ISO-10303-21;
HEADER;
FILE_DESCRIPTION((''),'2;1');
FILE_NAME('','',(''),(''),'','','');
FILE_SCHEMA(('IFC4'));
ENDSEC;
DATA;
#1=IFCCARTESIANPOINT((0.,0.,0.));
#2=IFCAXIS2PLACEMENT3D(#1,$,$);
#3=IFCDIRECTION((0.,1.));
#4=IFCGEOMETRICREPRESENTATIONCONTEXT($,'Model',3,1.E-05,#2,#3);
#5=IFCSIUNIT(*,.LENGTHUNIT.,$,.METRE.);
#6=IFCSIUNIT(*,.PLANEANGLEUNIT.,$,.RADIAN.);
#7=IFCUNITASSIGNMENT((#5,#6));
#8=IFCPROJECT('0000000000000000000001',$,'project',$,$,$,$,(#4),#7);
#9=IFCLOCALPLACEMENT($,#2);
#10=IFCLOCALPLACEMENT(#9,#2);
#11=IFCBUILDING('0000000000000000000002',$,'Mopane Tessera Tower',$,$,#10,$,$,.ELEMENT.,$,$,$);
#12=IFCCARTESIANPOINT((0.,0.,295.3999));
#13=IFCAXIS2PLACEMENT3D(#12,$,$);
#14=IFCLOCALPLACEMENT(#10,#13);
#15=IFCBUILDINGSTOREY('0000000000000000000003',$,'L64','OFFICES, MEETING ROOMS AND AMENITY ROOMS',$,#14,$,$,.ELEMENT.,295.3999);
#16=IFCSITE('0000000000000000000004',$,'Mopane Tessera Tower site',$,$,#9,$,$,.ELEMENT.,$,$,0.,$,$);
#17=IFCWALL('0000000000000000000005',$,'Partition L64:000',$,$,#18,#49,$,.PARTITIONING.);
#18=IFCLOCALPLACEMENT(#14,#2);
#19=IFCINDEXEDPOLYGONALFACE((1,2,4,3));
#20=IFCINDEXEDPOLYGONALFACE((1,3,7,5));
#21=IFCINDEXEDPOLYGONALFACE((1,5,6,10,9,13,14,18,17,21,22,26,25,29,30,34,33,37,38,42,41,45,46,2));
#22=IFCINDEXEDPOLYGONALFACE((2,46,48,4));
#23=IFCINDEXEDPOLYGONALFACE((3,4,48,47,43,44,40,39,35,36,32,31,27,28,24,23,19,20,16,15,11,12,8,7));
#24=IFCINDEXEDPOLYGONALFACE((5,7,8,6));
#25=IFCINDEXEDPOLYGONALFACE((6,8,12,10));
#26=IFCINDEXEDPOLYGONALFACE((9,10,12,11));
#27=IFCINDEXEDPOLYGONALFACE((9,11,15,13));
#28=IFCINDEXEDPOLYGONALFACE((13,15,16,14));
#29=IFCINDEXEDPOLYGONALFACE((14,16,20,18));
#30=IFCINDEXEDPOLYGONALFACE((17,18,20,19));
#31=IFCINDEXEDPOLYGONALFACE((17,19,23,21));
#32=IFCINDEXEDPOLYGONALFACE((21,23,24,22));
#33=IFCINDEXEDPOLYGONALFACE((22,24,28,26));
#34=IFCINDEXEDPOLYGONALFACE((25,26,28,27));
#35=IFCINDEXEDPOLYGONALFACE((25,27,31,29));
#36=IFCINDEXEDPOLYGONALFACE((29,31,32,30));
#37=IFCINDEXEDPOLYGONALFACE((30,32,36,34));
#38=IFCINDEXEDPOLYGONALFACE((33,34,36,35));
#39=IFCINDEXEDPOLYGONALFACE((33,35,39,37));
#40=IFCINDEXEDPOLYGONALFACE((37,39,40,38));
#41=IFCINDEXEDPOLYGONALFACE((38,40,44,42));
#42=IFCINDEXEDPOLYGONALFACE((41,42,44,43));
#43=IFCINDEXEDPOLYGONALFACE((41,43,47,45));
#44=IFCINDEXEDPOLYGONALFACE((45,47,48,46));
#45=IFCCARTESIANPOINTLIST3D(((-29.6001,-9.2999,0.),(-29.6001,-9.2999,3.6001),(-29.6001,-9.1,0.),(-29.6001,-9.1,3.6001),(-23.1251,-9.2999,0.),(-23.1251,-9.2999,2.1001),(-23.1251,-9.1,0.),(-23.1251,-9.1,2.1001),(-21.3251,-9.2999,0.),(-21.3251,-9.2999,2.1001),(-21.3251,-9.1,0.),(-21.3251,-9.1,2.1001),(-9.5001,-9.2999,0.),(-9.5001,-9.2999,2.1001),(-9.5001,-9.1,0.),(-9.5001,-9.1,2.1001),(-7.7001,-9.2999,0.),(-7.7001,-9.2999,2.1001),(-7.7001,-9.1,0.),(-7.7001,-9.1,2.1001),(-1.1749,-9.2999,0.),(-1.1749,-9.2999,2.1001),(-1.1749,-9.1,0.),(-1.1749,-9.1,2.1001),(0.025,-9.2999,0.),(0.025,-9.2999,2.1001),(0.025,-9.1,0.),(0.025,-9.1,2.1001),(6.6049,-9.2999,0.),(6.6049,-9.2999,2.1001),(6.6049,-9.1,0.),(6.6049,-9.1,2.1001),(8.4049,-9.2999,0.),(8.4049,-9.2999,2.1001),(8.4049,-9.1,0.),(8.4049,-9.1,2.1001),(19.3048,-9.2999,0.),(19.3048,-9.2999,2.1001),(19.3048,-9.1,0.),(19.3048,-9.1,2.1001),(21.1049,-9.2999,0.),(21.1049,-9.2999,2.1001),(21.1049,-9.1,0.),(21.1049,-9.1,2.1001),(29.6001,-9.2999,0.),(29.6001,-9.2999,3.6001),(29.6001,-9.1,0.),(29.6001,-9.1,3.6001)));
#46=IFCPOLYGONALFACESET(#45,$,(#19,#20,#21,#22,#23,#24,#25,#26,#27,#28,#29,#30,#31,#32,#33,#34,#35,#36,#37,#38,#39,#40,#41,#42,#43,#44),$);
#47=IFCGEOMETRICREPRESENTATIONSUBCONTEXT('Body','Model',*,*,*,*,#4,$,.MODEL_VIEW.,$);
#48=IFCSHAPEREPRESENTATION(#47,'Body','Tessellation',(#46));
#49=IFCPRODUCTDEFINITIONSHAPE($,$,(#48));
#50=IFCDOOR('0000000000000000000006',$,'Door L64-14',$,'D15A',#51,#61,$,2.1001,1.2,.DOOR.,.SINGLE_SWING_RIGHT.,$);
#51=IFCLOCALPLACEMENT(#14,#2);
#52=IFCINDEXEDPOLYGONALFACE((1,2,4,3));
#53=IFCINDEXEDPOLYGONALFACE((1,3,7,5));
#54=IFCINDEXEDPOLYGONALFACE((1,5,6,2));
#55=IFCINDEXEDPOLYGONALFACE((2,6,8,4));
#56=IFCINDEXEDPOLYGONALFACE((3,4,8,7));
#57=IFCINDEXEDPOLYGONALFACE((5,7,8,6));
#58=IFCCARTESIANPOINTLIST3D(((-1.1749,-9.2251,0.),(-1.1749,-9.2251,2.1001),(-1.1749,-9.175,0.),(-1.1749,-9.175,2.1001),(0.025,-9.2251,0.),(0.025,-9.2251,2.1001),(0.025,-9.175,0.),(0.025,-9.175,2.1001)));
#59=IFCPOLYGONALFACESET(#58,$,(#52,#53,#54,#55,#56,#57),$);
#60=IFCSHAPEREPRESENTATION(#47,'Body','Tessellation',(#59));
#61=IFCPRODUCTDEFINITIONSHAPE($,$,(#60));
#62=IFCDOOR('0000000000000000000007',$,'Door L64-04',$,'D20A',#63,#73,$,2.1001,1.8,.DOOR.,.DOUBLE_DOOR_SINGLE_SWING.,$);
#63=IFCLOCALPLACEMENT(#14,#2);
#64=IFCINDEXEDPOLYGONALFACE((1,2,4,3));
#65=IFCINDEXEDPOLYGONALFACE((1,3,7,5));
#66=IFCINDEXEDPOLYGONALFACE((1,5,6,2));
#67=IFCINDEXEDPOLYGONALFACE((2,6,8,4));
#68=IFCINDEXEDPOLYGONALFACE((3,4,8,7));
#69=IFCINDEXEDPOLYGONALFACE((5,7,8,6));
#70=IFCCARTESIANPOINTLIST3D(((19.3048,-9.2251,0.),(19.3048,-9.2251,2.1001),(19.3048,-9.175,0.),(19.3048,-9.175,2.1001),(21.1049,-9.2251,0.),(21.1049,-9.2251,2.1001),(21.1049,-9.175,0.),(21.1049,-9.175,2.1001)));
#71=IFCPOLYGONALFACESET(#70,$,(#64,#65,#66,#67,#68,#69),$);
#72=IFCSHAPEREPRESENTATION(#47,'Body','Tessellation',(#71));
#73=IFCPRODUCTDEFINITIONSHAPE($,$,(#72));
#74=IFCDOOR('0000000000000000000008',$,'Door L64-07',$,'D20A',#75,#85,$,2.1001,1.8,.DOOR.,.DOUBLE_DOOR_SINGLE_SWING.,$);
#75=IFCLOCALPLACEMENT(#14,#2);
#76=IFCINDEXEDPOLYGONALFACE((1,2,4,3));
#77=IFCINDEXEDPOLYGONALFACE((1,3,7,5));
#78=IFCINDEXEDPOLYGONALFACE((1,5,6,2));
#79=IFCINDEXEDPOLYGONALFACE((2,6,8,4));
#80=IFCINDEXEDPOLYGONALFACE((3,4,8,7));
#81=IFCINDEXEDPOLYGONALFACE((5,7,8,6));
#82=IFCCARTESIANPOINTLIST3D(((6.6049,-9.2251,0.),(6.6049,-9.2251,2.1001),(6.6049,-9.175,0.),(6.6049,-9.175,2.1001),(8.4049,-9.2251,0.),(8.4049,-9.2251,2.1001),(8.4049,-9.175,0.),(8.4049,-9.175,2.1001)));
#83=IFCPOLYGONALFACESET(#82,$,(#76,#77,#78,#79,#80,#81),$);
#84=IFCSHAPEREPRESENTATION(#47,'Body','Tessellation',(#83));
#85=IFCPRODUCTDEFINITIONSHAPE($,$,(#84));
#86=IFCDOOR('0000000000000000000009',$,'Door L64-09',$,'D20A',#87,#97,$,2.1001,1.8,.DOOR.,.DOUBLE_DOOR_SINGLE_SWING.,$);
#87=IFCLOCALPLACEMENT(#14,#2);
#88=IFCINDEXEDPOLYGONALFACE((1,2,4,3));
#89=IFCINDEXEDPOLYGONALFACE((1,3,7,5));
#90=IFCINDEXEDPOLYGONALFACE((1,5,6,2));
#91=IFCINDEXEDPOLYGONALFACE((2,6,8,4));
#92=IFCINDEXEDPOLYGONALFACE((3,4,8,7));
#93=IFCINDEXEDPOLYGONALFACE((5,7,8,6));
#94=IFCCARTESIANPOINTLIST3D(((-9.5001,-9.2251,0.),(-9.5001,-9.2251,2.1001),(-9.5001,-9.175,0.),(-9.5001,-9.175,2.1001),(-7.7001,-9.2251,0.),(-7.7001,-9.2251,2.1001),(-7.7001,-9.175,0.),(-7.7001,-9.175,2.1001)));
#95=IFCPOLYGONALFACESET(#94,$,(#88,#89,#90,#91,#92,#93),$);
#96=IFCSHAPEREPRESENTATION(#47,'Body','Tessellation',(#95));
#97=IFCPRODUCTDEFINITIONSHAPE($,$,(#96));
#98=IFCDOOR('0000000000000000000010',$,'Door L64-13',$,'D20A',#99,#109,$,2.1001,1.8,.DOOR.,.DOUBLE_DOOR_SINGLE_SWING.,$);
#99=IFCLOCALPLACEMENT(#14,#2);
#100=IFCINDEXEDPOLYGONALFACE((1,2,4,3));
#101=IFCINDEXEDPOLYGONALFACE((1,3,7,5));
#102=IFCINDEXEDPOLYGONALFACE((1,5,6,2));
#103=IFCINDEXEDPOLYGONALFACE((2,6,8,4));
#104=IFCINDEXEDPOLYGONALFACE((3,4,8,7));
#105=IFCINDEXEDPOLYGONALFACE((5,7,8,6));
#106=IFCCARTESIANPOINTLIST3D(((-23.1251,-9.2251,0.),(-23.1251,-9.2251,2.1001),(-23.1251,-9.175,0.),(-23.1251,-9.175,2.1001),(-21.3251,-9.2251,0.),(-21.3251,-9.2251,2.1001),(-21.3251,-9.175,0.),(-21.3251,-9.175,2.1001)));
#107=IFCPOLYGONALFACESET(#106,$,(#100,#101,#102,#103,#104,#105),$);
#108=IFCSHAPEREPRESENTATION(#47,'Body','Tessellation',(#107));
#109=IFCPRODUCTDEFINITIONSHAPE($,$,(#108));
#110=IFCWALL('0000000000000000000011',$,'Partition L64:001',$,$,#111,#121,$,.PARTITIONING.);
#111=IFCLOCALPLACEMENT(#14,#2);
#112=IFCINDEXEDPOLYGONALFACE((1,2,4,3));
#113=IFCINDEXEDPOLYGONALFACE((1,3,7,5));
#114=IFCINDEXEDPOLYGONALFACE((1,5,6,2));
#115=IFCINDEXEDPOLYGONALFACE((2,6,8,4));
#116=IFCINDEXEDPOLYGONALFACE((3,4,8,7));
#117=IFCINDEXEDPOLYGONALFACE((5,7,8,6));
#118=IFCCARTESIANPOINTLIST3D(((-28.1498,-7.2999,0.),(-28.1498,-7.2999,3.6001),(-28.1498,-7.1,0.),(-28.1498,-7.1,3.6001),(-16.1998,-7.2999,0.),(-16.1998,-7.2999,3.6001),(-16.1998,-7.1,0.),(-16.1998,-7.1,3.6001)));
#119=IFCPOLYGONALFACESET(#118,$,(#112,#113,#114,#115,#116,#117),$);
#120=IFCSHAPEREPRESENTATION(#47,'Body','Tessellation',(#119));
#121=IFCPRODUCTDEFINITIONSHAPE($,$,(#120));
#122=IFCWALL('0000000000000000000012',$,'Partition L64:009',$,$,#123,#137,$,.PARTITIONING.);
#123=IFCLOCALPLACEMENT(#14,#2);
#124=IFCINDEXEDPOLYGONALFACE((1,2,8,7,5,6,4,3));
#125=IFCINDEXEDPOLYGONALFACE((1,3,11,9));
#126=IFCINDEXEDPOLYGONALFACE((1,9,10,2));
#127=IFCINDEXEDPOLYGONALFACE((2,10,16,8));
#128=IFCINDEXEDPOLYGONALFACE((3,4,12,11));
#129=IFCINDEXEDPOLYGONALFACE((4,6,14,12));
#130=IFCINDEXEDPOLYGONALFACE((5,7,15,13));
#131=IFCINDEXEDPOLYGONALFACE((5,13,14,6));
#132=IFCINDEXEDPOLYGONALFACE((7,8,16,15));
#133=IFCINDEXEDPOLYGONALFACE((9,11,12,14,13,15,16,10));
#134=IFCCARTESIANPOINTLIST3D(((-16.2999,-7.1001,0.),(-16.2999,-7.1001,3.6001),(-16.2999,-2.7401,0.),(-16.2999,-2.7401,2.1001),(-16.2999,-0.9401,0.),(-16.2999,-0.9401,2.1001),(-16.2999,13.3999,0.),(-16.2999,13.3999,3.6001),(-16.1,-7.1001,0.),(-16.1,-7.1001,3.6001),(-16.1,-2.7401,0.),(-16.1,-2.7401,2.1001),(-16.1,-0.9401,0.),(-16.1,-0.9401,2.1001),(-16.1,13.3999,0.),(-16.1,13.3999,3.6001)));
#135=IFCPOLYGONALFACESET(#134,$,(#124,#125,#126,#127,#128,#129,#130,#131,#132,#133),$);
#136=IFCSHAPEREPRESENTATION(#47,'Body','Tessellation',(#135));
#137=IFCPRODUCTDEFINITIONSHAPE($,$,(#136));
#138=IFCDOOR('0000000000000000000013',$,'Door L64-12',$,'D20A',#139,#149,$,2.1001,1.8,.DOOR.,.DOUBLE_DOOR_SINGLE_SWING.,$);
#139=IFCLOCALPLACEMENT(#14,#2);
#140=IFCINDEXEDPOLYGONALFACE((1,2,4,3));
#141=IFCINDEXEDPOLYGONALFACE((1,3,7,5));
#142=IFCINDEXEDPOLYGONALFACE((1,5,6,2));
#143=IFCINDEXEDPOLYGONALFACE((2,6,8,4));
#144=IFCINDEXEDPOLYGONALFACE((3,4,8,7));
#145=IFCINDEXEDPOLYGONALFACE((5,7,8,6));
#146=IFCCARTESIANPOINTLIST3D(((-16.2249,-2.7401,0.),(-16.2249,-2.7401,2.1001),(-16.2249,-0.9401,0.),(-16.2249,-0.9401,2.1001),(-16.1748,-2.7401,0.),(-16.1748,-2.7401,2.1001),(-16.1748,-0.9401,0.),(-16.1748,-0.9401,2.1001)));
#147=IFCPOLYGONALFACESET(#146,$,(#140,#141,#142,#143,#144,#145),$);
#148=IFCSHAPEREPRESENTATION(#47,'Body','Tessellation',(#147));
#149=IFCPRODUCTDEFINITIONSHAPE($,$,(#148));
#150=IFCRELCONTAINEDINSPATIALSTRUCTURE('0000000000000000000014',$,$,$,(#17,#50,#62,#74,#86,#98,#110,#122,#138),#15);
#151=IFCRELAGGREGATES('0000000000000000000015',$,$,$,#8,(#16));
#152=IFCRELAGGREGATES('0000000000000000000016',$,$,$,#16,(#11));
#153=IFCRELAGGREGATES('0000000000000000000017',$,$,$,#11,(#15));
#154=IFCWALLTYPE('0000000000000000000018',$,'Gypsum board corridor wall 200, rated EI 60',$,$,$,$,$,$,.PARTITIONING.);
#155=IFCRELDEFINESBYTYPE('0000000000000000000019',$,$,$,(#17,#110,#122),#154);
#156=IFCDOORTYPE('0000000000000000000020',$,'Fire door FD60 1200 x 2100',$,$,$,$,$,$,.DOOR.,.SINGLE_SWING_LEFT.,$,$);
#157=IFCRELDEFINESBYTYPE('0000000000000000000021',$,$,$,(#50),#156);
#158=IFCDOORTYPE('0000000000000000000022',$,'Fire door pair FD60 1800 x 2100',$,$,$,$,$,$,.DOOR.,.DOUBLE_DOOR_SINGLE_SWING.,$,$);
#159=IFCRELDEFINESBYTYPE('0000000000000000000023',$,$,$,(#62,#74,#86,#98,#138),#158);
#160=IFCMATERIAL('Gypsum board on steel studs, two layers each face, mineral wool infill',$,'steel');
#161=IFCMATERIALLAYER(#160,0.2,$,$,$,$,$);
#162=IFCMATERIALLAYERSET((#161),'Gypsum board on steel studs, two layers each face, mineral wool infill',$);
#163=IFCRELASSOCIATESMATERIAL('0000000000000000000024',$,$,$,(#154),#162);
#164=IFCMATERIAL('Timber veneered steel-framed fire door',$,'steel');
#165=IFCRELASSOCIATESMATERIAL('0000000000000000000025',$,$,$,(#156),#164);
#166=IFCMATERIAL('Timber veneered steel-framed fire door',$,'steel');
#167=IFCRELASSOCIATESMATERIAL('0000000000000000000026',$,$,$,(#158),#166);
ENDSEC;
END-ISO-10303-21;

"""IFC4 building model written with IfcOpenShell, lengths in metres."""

from ifc_helpers import new_model, si_unit, direction, frame, frame_2d, origin, place, context, subcontext, project, spatial, rectangle, extrude, material, layer, layer_set, type_object, element, fill, save


model = new_model("IFC4")

# Units and contexts
model_context = context("Model", 3, precision=1e-05, world=origin(), true_north=direction((0.0, 1.0)))
body_context = subcontext(model_context, "Body", "Model", "MODEL_VIEW")
ifc_project = project(units=[si_unit("LENGTHUNIT", "METRE"), si_unit("PLANEANGLEUNIT", "RADIAN")], contexts=[model_context])

# Site, building, storey
site_placement = place(None, origin())
site = spatial("IfcSite", under=ifc_project, at=site_placement, Name="Mopane Tessera Tower site", CompositionType="ELEMENT", RefElevation=0.0)
building_placement = place(site_placement, origin())
building = spatial("IfcBuilding", under=site, at=building_placement, Name="Mopane Tessera Tower", CompositionType="ELEMENT")
storey_placement = place(building_placement, frame((0.0, 0.0, 295.3999)))
storey = spatial("IfcBuildingStorey", under=building, at=storey_placement, Name="L64", Description="OFFICES, MEETING ROOMS AND AMENITY ROOMS", CompositionType="ELEMENT", Elevation=295.3999)

# Wall, openings, doors
ifc_material_1 = material(Name="Gypsum board on steel studs, two layers each face, mineral wool infill", Category="steel")
ifc_layer_1 = layer(ifc_material_1, 0.2)
ifc_layer_set_1 = layer_set([ifc_layer_1], Name="Gypsum board on steel studs, two layers each face, mineral wool infill")
wall_type = type_object("IfcWallType", Name="Gypsum board corridor wall 200, rated EI 60", PredefinedType="PARTITIONING", material=ifc_layer_set_1)
wall_1_placement = place(storey_placement, frame((-29.6001, -9.2, 0.0), z_axis=(0.0, 0.0, 1.0), x_axis=(1.0, 0.0, 0.0)))
wall_1 = element("IfcWall", 1, at=wall_1_placement, inside=storey, type_object=wall_type, Name="Partition L64:000", PredefinedType="PARTITIONING", context=body_context, shape_type="SweptSolid", body=[
    extrude(rectangle(XDim=59.2002, YDim=0.2, at=frame_2d((29.6001, 0.0))), origin(), (0.0, 0.0, 1.0), 3.6001),
])
opening_1_placement = place(wall_1_placement, frame((48.905, 0.0, 0.0)))
opening_1 = element("IfcOpeningElement", 2, at=opening_1_placement, cuts=wall_1, PredefinedType="OPENING", context=body_context, shape_type="SweptSolid", body=[
    extrude(rectangle(XDim=1.8, YDim=2.1001, at=frame_2d((0.8999, 1.05))), frame((0.0, 0.1121, 0.0), z_axis=(0.0, -1.0, 0.0), x_axis=(1.0, 0.0, 0.0)), (0.0, 0.0, 1.0), 0.2239),
])
opening_2_placement = place(wall_1_placement, frame((36.2051, 0.0, 0.0)))
opening_2 = element("IfcOpeningElement", 3, at=opening_2_placement, cuts=wall_1, PredefinedType="OPENING", context=body_context, shape_type="SweptSolid", body=[
    extrude(rectangle(XDim=1.8, YDim=2.1001, at=frame_2d((0.8999, 1.05))), frame((0.0, 0.1121, 0.0), z_axis=(0.0, -1.0, 0.0), x_axis=(1.0, 0.0, 0.0)), (0.0, 0.0, 1.0), 0.2239),
])
opening_3_placement = place(wall_1_placement, frame((20.1001, 0.0, 0.0)))
opening_3 = element("IfcOpeningElement", 4, at=opening_3_placement, cuts=wall_1, PredefinedType="OPENING", context=body_context, shape_type="SweptSolid", body=[
    extrude(rectangle(XDim=1.8, YDim=2.1001, at=frame_2d((0.8999, 1.05))), frame((0.0, 0.1121, 0.0), z_axis=(0.0, -1.0, 0.0), x_axis=(1.0, 0.0, 0.0)), (0.0, 0.0, 1.0), 0.2239),
])
opening_4_placement = place(wall_1_placement, frame((6.4751, 0.0, 0.0)))
opening_4 = element("IfcOpeningElement", 5, at=opening_4_placement, cuts=wall_1, PredefinedType="OPENING", context=body_context, shape_type="SweptSolid", body=[
    extrude(rectangle(XDim=1.8, YDim=2.1001, at=frame_2d((0.8999, 1.05))), frame((0.0, 0.1121, 0.0), z_axis=(0.0, -1.0, 0.0), x_axis=(1.0, 0.0, 0.0)), (0.0, 0.0, 1.0), 0.2239),
])
opening_5_placement = place(wall_1_placement, frame((28.425, 0.0, 0.0)))
opening_5 = element("IfcOpeningElement", 6, at=opening_5_placement, cuts=wall_1, PredefinedType="OPENING", context=body_context, shape_type="SweptSolid", body=[
    extrude(rectangle(XDim=1.2, YDim=2.1001, at=frame_2d((0.6001, 1.05))), frame((0.0, 0.1121, 0.0), z_axis=(0.0, -1.0, 0.0), x_axis=(1.0, 0.0, 0.0)), (0.0, 0.0, 1.0), 0.2239),
])
ifc_material_2 = material(Name="Timber veneered steel-framed fire door", Category="steel")
door_type_1 = type_object("IfcDoorType", Name="Fire door FD60 1200 x 2100", OperationType="SINGLE_SWING_LEFT", PredefinedType="DOOR", material=ifc_material_2)
door_1_placement = place(opening_5_placement, origin())
door_1 = element("IfcDoor", 7, at=door_1_placement, inside=storey, type_object=door_type_1, Name="Door L64-14", ObjectType="D15A", OperationType="SINGLE_SWING_RIGHT", OverallHeight=2.1001, OverallWidth=1.2, PredefinedType="DOOR", context=body_context, shape_type="SweptSolid", body=[
    extrude(rectangle(XDim=1.2, YDim=2.1001, at=frame_2d((0.6001, 1.05))), frame((0.0, 0.0249, 0.0), z_axis=(0.0, -1.0, 0.0), x_axis=(1.0, 0.0, 0.0)), (0.0, 0.0, 1.0), 0.05),
])
fill(opening_5, door_1)
ifc_material_3 = material(Name="Timber veneered steel-framed fire door", Category="steel")
door_type_2 = type_object("IfcDoorType", Name="Fire door pair FD60 1800 x 2100", OperationType="DOUBLE_DOOR_SINGLE_SWING", PredefinedType="DOOR", material=ifc_material_3)
door_2_placement = place(opening_1_placement, origin())
door_2 = element("IfcDoor", 8, at=door_2_placement, inside=storey, type_object=door_type_2, Name="Door L64-04", ObjectType="D20A", OperationType="DOUBLE_DOOR_SINGLE_SWING", OverallHeight=2.1001, OverallWidth=1.8, PredefinedType="DOOR", context=body_context, shape_type="SweptSolid", body=[
    extrude(rectangle(XDim=1.8, YDim=2.1001, at=frame_2d((0.8999, 1.05))), frame((0.0, 0.0249, 0.0), z_axis=(0.0, -1.0, 0.0), x_axis=(1.0, 0.0, 0.0)), (0.0, 0.0, 1.0), 0.05),
])
fill(opening_1, door_2)
door_3_placement = place(opening_2_placement, origin())
door_3 = element("IfcDoor", 9, at=door_3_placement, inside=storey, type_object=door_type_2, Name="Door L64-07", ObjectType="D20A", OperationType="DOUBLE_DOOR_SINGLE_SWING", OverallHeight=2.1001, OverallWidth=1.8, PredefinedType="DOOR", context=body_context, shape_type="SweptSolid", body=[
    extrude(rectangle(XDim=1.8, YDim=2.1001, at=frame_2d((0.8999, 1.05))), frame((0.0, 0.0249, 0.0), z_axis=(0.0, -1.0, 0.0), x_axis=(1.0, 0.0, 0.0)), (0.0, 0.0, 1.0), 0.05),
])
fill(opening_2, door_3)
door_4_placement = place(opening_3_placement, origin())
door_4 = element("IfcDoor", 10, at=door_4_placement, inside=storey, type_object=door_type_2, Name="Door L64-09", ObjectType="D20A", OperationType="DOUBLE_DOOR_SINGLE_SWING", OverallHeight=2.1001, OverallWidth=1.8, PredefinedType="DOOR", context=body_context, shape_type="SweptSolid", body=[
    extrude(rectangle(XDim=1.8, YDim=2.1001, at=frame_2d((0.8999, 1.05))), frame((0.0, 0.0249, 0.0), z_axis=(0.0, -1.0, 0.0), x_axis=(1.0, 0.0, 0.0)), (0.0, 0.0, 1.0), 0.05),
])
fill(opening_3, door_4)
door_5_placement = place(opening_4_placement, origin())
door_5 = element("IfcDoor", 11, at=door_5_placement, inside=storey, type_object=door_type_2, Name="Door L64-13", ObjectType="D20A", OperationType="DOUBLE_DOOR_SINGLE_SWING", OverallHeight=2.1001, OverallWidth=1.8, PredefinedType="DOOR", context=body_context, shape_type="SweptSolid", body=[
    extrude(rectangle(XDim=1.8, YDim=2.1001, at=frame_2d((0.8999, 1.05))), frame((0.0, 0.0249, 0.0), z_axis=(0.0, -1.0, 0.0), x_axis=(1.0, 0.0, 0.0)), (0.0, 0.0, 1.0), 0.05),
])
fill(opening_4, door_5)

# Wall
wall_2_placement = place(storey_placement, frame((-28.1499, -7.2, 0.0), z_axis=(0.0, 0.0, 1.0), x_axis=(1.0, 0.0, 0.0)))
element("IfcWall", 12, at=wall_2_placement, inside=storey, type_object=wall_type, Name="Partition L64:001", PredefinedType="PARTITIONING", context=body_context, shape_type="SweptSolid", body=[
    extrude(rectangle(XDim=11.95, YDim=0.2, at=frame_2d((5.9751, 0.0))), origin(), (0.0, 0.0, 1.0), 3.6001),
])

# Wall, opening, door
wall_3_placement = place(storey_placement, frame((-16.2, -7.1001, 0.0), z_axis=(0.0, 0.0, 1.0), x_axis=(0.0, 1.0, 0.0)))
wall_3 = element("IfcWall", 13, at=wall_3_placement, inside=storey, type_object=wall_type, Name="Partition L64:009", PredefinedType="PARTITIONING", context=body_context, shape_type="SweptSolid", body=[
    extrude(rectangle(XDim=20.5, YDim=0.2, at=frame_2d((10.25, 0.0))), origin(), (0.0, 0.0, 1.0), 3.6001),
])
opening_6_placement = place(wall_3_placement, frame((4.3601, 0.0, 0.0)))
opening_6 = element("IfcOpeningElement", 14, at=opening_6_placement, cuts=wall_3, PredefinedType="OPENING", context=body_context, shape_type="SweptSolid", body=[
    extrude(rectangle(XDim=1.8, YDim=2.1001, at=frame_2d((0.8999, 1.05))), frame((0.0, 0.1121, 0.0), z_axis=(0.0, -1.0, 0.0), x_axis=(1.0, 0.0, 0.0)), (0.0, 0.0, 1.0), 0.2239),
])
door_6_placement = place(opening_6_placement, origin())
door_6 = element("IfcDoor", 15, at=door_6_placement, inside=storey, type_object=door_type_2, Name="Door L64-12", ObjectType="D20A", OperationType="DOUBLE_DOOR_SINGLE_SWING", OverallHeight=2.1001, OverallWidth=1.8, PredefinedType="DOOR", context=body_context, shape_type="SweptSolid", body=[
    extrude(rectangle(XDim=1.8, YDim=2.1001, at=frame_2d((0.8999, 1.05))), frame((0.0, 0.0249, 0.0), z_axis=(0.0, -1.0, 0.0), x_axis=(1.0, 0.0, 0.0)), (0.0, 0.0, 1.0), 0.05),
])
fill(opening_6, door_6)

save(model, "model.ifc")
